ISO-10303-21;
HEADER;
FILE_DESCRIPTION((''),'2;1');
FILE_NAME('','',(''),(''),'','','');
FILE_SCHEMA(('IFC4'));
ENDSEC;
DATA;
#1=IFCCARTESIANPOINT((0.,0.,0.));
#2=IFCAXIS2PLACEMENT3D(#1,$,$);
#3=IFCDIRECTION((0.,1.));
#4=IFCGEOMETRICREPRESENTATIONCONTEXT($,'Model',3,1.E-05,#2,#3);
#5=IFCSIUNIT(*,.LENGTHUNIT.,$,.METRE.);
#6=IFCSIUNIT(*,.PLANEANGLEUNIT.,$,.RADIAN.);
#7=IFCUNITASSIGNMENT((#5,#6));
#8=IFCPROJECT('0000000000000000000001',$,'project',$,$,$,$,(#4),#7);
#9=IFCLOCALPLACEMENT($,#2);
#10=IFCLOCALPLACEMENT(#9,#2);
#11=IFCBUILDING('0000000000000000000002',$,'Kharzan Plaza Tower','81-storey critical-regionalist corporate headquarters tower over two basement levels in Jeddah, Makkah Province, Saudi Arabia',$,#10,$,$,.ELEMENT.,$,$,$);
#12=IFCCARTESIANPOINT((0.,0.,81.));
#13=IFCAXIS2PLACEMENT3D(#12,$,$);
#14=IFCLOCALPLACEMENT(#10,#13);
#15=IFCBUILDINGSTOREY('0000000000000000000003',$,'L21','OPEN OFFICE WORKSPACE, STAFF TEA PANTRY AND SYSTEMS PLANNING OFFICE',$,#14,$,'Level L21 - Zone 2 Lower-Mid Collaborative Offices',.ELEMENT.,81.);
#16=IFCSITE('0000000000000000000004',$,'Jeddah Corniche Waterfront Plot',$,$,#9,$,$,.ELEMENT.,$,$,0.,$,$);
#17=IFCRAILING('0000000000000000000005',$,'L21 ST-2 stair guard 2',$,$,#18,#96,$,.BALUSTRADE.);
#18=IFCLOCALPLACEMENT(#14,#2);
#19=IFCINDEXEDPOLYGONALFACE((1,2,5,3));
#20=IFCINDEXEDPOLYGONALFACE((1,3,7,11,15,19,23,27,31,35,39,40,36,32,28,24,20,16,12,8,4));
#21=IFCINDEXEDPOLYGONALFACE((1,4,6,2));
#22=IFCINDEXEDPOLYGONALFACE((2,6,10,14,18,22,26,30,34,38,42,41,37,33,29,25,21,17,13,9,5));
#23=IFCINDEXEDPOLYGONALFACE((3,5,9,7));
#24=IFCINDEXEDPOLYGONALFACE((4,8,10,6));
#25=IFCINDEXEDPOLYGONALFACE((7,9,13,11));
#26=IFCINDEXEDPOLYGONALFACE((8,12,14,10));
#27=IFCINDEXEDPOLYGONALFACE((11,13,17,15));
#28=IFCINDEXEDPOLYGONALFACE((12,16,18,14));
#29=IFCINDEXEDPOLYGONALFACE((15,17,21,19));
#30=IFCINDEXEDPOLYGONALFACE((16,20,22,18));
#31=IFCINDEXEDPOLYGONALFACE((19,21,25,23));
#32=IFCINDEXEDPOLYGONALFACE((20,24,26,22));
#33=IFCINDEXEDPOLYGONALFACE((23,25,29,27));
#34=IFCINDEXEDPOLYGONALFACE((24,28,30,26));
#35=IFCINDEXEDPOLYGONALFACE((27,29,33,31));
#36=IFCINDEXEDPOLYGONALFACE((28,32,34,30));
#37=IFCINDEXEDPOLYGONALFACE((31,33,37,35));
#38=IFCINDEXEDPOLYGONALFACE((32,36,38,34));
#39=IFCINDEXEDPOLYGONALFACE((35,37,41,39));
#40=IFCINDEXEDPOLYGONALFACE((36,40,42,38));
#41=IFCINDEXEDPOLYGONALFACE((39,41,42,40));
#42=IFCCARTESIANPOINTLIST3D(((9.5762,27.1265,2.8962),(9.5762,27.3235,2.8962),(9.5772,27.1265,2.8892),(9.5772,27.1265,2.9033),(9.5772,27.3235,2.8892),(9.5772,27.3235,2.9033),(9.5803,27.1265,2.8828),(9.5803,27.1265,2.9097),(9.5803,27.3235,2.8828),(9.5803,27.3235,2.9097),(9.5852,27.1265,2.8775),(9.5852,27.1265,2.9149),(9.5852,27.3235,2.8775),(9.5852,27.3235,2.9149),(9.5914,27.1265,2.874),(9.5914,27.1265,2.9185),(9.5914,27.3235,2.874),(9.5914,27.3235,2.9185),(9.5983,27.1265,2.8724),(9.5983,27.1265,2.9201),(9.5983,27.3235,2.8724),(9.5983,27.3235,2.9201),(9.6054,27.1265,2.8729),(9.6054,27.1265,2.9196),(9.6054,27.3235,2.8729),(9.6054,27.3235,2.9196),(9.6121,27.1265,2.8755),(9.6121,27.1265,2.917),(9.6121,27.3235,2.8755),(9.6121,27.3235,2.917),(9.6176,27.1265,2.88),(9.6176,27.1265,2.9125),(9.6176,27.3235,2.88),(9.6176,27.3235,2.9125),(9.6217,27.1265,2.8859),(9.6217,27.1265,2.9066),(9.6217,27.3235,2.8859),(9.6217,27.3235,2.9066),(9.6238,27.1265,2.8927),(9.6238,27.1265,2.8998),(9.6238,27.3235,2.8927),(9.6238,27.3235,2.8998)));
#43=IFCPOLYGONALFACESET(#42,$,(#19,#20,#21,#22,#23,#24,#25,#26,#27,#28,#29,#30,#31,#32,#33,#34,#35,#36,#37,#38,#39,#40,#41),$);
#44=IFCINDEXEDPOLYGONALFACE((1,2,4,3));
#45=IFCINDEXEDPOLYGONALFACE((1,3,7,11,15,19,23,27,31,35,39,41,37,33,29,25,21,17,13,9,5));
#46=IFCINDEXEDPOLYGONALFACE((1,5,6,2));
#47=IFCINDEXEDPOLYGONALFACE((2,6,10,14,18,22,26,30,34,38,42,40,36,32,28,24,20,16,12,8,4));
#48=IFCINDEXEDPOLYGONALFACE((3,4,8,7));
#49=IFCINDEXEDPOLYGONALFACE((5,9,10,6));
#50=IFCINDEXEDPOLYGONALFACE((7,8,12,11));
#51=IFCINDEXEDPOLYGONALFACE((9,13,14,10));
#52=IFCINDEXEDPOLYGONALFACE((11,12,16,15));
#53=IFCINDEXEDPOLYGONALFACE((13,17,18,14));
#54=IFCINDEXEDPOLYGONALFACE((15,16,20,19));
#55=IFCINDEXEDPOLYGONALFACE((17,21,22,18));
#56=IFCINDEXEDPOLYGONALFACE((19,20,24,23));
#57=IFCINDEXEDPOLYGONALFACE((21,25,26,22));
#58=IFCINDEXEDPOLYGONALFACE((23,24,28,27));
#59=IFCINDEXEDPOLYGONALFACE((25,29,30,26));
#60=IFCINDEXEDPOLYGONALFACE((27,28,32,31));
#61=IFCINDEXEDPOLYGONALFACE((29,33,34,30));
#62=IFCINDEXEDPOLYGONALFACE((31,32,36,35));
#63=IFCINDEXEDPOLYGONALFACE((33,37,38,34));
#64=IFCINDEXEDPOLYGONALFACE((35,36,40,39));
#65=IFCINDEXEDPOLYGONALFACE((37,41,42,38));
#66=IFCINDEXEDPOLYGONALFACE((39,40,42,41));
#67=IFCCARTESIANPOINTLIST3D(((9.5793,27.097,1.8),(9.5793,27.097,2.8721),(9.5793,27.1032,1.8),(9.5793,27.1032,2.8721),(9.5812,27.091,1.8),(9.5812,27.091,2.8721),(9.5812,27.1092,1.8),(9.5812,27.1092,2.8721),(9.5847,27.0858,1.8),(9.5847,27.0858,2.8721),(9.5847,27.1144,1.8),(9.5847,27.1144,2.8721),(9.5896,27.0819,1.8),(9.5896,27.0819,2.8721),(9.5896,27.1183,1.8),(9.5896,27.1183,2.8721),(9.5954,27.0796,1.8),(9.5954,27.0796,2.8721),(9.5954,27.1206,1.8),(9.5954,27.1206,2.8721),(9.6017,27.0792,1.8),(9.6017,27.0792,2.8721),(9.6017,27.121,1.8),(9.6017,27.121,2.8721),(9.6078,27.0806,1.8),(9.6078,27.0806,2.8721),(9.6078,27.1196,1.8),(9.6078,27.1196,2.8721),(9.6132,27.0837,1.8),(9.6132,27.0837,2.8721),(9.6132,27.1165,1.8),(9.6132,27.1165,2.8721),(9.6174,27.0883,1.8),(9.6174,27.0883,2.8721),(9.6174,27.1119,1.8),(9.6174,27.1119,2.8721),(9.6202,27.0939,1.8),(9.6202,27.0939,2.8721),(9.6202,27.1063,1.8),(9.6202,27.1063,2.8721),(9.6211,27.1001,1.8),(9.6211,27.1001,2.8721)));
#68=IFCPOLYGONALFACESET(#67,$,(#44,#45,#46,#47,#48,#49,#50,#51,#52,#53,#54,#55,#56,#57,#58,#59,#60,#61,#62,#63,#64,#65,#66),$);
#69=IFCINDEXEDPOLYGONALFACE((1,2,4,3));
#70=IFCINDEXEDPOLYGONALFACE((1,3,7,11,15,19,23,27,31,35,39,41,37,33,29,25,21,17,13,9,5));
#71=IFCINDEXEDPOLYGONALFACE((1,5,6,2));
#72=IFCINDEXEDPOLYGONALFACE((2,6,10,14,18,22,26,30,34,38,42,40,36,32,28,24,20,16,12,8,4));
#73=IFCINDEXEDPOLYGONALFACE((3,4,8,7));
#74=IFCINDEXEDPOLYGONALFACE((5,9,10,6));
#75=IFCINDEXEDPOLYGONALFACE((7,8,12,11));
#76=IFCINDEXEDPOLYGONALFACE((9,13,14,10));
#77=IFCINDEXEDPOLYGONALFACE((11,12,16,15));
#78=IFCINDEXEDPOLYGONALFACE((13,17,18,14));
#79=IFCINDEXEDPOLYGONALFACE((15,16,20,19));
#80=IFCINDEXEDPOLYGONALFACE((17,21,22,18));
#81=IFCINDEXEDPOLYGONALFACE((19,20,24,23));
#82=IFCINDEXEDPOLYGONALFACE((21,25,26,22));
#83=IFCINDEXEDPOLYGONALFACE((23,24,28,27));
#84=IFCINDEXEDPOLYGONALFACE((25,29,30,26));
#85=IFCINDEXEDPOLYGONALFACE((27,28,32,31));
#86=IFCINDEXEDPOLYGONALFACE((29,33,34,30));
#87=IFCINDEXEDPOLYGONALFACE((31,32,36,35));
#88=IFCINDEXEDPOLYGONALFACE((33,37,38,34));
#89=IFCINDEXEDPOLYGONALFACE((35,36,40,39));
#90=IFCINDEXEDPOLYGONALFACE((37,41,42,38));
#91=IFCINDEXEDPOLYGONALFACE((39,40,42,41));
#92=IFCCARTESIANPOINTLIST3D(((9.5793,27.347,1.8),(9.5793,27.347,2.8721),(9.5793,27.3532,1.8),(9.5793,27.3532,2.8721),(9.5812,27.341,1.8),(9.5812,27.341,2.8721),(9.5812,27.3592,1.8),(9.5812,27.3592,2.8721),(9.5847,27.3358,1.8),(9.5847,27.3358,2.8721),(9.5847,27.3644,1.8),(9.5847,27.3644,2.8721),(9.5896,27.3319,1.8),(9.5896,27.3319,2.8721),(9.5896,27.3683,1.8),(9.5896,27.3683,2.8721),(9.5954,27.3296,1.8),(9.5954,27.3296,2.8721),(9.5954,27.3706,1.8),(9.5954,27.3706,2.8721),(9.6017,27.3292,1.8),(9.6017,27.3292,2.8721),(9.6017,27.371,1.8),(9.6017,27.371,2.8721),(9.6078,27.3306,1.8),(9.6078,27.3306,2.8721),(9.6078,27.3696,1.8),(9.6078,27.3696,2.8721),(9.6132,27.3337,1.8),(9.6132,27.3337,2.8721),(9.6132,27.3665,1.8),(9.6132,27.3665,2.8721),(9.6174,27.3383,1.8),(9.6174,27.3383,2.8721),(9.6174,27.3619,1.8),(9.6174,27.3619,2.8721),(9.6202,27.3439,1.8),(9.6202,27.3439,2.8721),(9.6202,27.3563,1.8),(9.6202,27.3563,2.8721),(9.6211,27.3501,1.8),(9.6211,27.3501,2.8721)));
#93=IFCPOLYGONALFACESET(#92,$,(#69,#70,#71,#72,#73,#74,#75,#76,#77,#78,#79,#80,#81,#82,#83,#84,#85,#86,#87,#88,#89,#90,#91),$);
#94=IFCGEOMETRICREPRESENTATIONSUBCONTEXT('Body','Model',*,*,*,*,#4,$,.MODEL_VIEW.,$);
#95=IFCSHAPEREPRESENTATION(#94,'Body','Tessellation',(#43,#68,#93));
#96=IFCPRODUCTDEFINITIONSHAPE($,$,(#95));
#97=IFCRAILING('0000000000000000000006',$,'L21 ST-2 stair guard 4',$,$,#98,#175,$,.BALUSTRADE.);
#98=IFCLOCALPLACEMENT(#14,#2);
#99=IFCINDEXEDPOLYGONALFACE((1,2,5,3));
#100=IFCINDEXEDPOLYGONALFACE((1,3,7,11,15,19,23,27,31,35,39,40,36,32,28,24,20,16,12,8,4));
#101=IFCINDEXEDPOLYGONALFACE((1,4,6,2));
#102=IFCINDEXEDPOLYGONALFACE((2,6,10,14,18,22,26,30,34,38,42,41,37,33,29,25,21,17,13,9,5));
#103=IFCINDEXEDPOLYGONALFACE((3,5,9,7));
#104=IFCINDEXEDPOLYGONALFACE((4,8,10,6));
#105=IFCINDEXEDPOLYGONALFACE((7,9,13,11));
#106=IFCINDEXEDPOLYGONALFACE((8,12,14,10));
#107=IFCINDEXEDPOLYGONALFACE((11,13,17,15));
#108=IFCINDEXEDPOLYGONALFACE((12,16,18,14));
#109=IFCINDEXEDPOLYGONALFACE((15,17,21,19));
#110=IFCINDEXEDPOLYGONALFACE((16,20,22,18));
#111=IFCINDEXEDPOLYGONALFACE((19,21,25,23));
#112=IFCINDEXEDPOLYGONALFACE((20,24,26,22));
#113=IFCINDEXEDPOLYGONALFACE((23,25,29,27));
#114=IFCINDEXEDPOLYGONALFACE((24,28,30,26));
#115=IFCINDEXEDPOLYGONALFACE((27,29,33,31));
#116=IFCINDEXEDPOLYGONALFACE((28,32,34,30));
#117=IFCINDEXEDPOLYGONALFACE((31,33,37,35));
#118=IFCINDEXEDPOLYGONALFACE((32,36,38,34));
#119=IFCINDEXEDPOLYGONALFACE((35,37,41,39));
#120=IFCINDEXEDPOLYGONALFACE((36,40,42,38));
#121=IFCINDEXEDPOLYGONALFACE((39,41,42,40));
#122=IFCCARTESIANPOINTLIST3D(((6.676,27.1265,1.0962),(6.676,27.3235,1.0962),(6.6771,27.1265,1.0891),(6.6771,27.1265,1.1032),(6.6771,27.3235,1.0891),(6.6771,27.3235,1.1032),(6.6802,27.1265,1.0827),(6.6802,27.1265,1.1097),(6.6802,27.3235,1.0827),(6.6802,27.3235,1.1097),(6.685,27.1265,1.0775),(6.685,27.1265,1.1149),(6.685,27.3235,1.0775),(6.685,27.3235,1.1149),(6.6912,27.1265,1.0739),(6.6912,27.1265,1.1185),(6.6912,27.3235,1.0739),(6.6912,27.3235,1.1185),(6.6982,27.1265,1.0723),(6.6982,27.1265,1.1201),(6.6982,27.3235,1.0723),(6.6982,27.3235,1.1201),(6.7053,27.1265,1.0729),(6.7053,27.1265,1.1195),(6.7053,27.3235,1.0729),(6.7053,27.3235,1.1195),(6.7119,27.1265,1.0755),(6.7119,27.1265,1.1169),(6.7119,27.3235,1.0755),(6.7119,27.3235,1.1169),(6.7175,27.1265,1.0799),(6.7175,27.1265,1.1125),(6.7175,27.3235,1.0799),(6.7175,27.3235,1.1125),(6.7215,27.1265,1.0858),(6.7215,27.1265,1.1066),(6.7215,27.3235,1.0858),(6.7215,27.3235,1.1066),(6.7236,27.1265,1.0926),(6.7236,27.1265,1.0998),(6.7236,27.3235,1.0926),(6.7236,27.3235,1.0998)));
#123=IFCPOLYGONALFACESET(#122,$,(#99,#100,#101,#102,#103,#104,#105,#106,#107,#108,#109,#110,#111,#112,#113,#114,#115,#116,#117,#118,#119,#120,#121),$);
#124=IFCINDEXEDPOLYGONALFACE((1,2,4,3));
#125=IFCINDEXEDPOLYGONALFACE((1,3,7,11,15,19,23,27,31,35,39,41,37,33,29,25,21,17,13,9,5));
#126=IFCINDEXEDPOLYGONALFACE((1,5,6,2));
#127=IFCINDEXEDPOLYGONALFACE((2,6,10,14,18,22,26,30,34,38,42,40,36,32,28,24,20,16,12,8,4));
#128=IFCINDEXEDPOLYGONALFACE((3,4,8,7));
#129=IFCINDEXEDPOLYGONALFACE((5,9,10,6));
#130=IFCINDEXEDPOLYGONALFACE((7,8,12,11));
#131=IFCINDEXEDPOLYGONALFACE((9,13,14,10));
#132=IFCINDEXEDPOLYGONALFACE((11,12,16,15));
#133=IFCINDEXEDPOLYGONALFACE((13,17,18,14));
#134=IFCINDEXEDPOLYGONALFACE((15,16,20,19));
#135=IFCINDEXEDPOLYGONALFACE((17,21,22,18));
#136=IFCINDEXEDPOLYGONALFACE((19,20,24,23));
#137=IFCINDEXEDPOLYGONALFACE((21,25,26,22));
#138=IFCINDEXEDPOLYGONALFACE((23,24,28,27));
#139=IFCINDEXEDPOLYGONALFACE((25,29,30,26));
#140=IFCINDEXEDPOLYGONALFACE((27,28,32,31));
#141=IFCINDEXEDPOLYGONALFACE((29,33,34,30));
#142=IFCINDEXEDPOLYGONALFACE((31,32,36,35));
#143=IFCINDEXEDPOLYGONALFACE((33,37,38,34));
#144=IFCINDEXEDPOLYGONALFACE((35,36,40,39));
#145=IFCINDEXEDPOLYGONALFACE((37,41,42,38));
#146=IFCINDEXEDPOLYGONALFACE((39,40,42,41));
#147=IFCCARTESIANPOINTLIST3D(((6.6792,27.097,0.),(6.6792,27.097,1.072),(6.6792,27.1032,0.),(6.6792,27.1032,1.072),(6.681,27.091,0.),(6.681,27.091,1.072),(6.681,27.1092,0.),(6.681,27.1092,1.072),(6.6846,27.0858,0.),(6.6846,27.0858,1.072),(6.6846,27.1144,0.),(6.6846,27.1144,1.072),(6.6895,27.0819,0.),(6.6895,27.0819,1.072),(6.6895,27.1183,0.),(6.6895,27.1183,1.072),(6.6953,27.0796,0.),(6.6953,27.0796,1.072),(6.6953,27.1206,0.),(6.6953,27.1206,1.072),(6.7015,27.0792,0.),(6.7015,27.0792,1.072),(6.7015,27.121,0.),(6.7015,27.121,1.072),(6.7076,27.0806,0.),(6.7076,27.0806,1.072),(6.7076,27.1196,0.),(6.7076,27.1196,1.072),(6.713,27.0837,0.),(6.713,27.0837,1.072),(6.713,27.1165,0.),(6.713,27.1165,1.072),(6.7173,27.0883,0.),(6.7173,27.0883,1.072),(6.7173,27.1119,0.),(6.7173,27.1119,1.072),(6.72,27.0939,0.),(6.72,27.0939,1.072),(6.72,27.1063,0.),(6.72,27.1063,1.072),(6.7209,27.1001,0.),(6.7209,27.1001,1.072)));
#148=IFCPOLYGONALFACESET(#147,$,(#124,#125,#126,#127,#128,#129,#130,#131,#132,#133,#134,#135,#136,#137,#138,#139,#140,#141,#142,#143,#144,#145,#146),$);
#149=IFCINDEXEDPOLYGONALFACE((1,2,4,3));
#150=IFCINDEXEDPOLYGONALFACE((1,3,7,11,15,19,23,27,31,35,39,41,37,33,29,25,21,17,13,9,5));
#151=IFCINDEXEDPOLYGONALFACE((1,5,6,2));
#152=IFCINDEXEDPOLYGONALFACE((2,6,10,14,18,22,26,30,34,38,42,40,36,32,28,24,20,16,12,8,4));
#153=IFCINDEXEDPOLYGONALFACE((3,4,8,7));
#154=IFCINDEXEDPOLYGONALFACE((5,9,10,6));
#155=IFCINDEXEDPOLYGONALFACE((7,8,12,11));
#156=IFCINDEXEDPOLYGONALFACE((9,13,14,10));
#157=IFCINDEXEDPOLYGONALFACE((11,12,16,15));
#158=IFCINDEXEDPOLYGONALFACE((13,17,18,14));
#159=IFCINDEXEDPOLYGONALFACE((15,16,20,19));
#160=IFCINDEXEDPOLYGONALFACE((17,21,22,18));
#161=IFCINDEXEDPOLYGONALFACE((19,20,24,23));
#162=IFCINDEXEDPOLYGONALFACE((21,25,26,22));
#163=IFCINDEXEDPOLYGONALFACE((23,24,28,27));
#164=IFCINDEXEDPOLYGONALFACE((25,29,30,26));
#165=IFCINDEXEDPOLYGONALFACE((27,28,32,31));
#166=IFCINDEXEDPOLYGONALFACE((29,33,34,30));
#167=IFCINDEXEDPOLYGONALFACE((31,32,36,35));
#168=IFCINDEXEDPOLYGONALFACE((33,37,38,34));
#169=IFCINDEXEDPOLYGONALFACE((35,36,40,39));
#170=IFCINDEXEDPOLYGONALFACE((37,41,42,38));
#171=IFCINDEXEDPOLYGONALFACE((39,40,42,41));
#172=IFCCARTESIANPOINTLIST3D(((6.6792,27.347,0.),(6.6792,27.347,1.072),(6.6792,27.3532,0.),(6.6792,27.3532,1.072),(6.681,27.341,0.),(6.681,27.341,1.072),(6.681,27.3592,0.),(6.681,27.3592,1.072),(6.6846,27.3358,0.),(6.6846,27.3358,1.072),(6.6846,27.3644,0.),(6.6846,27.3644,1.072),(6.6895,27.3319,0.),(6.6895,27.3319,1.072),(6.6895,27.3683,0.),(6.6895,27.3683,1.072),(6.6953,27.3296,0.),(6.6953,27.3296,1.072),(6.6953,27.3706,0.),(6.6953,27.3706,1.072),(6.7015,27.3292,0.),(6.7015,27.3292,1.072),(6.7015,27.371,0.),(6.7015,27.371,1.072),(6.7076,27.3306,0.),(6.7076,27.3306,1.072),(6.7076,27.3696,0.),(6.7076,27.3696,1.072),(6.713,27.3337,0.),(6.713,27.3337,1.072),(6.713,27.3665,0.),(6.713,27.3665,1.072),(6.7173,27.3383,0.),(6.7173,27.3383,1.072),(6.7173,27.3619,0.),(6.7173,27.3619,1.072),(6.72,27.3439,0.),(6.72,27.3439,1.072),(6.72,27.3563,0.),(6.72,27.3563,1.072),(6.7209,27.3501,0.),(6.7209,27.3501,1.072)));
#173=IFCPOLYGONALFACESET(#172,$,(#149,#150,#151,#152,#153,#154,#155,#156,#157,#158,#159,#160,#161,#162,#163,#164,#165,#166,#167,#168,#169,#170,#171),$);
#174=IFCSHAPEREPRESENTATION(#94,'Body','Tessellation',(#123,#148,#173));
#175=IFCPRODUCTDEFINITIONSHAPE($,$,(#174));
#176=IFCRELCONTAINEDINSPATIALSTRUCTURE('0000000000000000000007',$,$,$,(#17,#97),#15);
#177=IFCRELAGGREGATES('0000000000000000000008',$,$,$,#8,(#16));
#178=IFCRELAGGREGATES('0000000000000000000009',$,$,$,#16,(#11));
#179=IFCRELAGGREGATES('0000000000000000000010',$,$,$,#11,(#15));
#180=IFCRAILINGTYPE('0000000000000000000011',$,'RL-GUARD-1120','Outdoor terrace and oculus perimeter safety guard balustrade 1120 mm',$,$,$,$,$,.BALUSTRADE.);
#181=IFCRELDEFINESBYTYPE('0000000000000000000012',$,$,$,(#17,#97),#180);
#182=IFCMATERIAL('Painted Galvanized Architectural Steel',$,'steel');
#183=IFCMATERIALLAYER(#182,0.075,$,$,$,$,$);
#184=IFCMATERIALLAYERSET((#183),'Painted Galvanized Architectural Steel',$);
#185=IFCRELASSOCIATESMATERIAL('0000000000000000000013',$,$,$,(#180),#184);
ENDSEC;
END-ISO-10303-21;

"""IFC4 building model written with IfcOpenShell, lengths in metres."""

from ifc_helpers import new_model, si_unit, direction, frame, origin, origin_2d, place, context, subcontext, project, spatial, circle, extrude, source, transform, mapped, material, layer, layer_set, type_object, element, save


model = new_model("IFC4")

# Units and contexts
model_context = context("Model", 3, precision=1e-05, world=origin(), true_north=direction((0.0, 1.0)))
body_context = subcontext(model_context, "Body", "Model", "MODEL_VIEW")
ifc_project = project(units=[si_unit("LENGTHUNIT", "METRE"), si_unit("PLANEANGLEUNIT", "RADIAN")], contexts=[model_context])

# Site, building, storey
site_placement = place(None, origin())
site = spatial("IfcSite", under=ifc_project, at=site_placement, Name="Jeddah Corniche Waterfront Plot", CompositionType="ELEMENT", RefElevation=0.0)
building_placement = place(site_placement, origin())
building = spatial("IfcBuilding", under=site, at=building_placement, Name="Kharzan Plaza Tower", Description="81-storey critical-regionalist corporate headquarters tower over two basement levels in Jeddah, Makkah Province, Saudi Arabia", CompositionType="ELEMENT")
storey_placement = place(building_placement, frame((0.0, 0.0, 81.0)))
storey = spatial("IfcBuildingStorey", under=building, at=storey_placement, Name="L21", Description="OPEN OFFICE WORKSPACE, STAFF TEA PANTRY AND SYSTEMS PLANNING OFFICE", LongName="Level L21 - Zone 2 Lower-Mid Collaborative Offices", CompositionType="ELEMENT", Elevation=81.0)

# Railings
ifc_material_1 = material(Name="Painted Galvanized Architectural Steel", Category="steel")
ifc_layer_1 = layer(ifc_material_1, 0.075)
ifc_layer_set_1 = layer_set([ifc_layer_1], Name="Painted Galvanized Architectural Steel")
railing_type_1 = type_object("IfcRailingType", Name="RL-GUARD-1120", Description="Outdoor terrace and oculus perimeter safety guard balustrade 1120 mm", PredefinedType="BALUSTRADE", material=ifc_layer_set_1)
shared_shape_1 = source(origin(), body_context, "Body", "SweptSolid", [
    extrude(circle(Radius=0.0239, at=origin_2d()), frame((0.0, 0.0264, 1.0962), z_axis=(0.0, 1.0, 0.0), x_axis=(-1.0, 0.0, 0.0)), (0.0, 0.0, 1.0), 0.197),
    extrude(circle(Radius=0.021, at=origin_2d()), origin(), (0.0, 0.0, 1.0), 1.072),
    extrude(circle(Radius=0.021, at=origin_2d()), frame((0.0, 0.25, 0.0)), (0.0, 0.0, 1.0), 1.072),
])
for number, where, name in (
    (1, (9.6001, 27.1001, 1.8), "L21 ST-2 stair guard 2"),
    (2, (6.7, 27.1001, 0.0), "L21 ST-2 stair guard 4"),
):
    element("IfcRailing", number, at=place(storey_placement, frame(where)), inside=storey, type_object=railing_type_1, Name=name, PredefinedType="BALUSTRADE", context=body_context, shape_type="MappedRepresentation", body=[
        mapped(shared_shape_1, transform((0.0, 0.0, 0.0), x_axis=(1.0, 0.0, 0.0), y_axis=(0.0, 1.0, 0.0), z_axis=(0.0, 0.0, 1.0))),
    ])

save(model, "model.ifc")
